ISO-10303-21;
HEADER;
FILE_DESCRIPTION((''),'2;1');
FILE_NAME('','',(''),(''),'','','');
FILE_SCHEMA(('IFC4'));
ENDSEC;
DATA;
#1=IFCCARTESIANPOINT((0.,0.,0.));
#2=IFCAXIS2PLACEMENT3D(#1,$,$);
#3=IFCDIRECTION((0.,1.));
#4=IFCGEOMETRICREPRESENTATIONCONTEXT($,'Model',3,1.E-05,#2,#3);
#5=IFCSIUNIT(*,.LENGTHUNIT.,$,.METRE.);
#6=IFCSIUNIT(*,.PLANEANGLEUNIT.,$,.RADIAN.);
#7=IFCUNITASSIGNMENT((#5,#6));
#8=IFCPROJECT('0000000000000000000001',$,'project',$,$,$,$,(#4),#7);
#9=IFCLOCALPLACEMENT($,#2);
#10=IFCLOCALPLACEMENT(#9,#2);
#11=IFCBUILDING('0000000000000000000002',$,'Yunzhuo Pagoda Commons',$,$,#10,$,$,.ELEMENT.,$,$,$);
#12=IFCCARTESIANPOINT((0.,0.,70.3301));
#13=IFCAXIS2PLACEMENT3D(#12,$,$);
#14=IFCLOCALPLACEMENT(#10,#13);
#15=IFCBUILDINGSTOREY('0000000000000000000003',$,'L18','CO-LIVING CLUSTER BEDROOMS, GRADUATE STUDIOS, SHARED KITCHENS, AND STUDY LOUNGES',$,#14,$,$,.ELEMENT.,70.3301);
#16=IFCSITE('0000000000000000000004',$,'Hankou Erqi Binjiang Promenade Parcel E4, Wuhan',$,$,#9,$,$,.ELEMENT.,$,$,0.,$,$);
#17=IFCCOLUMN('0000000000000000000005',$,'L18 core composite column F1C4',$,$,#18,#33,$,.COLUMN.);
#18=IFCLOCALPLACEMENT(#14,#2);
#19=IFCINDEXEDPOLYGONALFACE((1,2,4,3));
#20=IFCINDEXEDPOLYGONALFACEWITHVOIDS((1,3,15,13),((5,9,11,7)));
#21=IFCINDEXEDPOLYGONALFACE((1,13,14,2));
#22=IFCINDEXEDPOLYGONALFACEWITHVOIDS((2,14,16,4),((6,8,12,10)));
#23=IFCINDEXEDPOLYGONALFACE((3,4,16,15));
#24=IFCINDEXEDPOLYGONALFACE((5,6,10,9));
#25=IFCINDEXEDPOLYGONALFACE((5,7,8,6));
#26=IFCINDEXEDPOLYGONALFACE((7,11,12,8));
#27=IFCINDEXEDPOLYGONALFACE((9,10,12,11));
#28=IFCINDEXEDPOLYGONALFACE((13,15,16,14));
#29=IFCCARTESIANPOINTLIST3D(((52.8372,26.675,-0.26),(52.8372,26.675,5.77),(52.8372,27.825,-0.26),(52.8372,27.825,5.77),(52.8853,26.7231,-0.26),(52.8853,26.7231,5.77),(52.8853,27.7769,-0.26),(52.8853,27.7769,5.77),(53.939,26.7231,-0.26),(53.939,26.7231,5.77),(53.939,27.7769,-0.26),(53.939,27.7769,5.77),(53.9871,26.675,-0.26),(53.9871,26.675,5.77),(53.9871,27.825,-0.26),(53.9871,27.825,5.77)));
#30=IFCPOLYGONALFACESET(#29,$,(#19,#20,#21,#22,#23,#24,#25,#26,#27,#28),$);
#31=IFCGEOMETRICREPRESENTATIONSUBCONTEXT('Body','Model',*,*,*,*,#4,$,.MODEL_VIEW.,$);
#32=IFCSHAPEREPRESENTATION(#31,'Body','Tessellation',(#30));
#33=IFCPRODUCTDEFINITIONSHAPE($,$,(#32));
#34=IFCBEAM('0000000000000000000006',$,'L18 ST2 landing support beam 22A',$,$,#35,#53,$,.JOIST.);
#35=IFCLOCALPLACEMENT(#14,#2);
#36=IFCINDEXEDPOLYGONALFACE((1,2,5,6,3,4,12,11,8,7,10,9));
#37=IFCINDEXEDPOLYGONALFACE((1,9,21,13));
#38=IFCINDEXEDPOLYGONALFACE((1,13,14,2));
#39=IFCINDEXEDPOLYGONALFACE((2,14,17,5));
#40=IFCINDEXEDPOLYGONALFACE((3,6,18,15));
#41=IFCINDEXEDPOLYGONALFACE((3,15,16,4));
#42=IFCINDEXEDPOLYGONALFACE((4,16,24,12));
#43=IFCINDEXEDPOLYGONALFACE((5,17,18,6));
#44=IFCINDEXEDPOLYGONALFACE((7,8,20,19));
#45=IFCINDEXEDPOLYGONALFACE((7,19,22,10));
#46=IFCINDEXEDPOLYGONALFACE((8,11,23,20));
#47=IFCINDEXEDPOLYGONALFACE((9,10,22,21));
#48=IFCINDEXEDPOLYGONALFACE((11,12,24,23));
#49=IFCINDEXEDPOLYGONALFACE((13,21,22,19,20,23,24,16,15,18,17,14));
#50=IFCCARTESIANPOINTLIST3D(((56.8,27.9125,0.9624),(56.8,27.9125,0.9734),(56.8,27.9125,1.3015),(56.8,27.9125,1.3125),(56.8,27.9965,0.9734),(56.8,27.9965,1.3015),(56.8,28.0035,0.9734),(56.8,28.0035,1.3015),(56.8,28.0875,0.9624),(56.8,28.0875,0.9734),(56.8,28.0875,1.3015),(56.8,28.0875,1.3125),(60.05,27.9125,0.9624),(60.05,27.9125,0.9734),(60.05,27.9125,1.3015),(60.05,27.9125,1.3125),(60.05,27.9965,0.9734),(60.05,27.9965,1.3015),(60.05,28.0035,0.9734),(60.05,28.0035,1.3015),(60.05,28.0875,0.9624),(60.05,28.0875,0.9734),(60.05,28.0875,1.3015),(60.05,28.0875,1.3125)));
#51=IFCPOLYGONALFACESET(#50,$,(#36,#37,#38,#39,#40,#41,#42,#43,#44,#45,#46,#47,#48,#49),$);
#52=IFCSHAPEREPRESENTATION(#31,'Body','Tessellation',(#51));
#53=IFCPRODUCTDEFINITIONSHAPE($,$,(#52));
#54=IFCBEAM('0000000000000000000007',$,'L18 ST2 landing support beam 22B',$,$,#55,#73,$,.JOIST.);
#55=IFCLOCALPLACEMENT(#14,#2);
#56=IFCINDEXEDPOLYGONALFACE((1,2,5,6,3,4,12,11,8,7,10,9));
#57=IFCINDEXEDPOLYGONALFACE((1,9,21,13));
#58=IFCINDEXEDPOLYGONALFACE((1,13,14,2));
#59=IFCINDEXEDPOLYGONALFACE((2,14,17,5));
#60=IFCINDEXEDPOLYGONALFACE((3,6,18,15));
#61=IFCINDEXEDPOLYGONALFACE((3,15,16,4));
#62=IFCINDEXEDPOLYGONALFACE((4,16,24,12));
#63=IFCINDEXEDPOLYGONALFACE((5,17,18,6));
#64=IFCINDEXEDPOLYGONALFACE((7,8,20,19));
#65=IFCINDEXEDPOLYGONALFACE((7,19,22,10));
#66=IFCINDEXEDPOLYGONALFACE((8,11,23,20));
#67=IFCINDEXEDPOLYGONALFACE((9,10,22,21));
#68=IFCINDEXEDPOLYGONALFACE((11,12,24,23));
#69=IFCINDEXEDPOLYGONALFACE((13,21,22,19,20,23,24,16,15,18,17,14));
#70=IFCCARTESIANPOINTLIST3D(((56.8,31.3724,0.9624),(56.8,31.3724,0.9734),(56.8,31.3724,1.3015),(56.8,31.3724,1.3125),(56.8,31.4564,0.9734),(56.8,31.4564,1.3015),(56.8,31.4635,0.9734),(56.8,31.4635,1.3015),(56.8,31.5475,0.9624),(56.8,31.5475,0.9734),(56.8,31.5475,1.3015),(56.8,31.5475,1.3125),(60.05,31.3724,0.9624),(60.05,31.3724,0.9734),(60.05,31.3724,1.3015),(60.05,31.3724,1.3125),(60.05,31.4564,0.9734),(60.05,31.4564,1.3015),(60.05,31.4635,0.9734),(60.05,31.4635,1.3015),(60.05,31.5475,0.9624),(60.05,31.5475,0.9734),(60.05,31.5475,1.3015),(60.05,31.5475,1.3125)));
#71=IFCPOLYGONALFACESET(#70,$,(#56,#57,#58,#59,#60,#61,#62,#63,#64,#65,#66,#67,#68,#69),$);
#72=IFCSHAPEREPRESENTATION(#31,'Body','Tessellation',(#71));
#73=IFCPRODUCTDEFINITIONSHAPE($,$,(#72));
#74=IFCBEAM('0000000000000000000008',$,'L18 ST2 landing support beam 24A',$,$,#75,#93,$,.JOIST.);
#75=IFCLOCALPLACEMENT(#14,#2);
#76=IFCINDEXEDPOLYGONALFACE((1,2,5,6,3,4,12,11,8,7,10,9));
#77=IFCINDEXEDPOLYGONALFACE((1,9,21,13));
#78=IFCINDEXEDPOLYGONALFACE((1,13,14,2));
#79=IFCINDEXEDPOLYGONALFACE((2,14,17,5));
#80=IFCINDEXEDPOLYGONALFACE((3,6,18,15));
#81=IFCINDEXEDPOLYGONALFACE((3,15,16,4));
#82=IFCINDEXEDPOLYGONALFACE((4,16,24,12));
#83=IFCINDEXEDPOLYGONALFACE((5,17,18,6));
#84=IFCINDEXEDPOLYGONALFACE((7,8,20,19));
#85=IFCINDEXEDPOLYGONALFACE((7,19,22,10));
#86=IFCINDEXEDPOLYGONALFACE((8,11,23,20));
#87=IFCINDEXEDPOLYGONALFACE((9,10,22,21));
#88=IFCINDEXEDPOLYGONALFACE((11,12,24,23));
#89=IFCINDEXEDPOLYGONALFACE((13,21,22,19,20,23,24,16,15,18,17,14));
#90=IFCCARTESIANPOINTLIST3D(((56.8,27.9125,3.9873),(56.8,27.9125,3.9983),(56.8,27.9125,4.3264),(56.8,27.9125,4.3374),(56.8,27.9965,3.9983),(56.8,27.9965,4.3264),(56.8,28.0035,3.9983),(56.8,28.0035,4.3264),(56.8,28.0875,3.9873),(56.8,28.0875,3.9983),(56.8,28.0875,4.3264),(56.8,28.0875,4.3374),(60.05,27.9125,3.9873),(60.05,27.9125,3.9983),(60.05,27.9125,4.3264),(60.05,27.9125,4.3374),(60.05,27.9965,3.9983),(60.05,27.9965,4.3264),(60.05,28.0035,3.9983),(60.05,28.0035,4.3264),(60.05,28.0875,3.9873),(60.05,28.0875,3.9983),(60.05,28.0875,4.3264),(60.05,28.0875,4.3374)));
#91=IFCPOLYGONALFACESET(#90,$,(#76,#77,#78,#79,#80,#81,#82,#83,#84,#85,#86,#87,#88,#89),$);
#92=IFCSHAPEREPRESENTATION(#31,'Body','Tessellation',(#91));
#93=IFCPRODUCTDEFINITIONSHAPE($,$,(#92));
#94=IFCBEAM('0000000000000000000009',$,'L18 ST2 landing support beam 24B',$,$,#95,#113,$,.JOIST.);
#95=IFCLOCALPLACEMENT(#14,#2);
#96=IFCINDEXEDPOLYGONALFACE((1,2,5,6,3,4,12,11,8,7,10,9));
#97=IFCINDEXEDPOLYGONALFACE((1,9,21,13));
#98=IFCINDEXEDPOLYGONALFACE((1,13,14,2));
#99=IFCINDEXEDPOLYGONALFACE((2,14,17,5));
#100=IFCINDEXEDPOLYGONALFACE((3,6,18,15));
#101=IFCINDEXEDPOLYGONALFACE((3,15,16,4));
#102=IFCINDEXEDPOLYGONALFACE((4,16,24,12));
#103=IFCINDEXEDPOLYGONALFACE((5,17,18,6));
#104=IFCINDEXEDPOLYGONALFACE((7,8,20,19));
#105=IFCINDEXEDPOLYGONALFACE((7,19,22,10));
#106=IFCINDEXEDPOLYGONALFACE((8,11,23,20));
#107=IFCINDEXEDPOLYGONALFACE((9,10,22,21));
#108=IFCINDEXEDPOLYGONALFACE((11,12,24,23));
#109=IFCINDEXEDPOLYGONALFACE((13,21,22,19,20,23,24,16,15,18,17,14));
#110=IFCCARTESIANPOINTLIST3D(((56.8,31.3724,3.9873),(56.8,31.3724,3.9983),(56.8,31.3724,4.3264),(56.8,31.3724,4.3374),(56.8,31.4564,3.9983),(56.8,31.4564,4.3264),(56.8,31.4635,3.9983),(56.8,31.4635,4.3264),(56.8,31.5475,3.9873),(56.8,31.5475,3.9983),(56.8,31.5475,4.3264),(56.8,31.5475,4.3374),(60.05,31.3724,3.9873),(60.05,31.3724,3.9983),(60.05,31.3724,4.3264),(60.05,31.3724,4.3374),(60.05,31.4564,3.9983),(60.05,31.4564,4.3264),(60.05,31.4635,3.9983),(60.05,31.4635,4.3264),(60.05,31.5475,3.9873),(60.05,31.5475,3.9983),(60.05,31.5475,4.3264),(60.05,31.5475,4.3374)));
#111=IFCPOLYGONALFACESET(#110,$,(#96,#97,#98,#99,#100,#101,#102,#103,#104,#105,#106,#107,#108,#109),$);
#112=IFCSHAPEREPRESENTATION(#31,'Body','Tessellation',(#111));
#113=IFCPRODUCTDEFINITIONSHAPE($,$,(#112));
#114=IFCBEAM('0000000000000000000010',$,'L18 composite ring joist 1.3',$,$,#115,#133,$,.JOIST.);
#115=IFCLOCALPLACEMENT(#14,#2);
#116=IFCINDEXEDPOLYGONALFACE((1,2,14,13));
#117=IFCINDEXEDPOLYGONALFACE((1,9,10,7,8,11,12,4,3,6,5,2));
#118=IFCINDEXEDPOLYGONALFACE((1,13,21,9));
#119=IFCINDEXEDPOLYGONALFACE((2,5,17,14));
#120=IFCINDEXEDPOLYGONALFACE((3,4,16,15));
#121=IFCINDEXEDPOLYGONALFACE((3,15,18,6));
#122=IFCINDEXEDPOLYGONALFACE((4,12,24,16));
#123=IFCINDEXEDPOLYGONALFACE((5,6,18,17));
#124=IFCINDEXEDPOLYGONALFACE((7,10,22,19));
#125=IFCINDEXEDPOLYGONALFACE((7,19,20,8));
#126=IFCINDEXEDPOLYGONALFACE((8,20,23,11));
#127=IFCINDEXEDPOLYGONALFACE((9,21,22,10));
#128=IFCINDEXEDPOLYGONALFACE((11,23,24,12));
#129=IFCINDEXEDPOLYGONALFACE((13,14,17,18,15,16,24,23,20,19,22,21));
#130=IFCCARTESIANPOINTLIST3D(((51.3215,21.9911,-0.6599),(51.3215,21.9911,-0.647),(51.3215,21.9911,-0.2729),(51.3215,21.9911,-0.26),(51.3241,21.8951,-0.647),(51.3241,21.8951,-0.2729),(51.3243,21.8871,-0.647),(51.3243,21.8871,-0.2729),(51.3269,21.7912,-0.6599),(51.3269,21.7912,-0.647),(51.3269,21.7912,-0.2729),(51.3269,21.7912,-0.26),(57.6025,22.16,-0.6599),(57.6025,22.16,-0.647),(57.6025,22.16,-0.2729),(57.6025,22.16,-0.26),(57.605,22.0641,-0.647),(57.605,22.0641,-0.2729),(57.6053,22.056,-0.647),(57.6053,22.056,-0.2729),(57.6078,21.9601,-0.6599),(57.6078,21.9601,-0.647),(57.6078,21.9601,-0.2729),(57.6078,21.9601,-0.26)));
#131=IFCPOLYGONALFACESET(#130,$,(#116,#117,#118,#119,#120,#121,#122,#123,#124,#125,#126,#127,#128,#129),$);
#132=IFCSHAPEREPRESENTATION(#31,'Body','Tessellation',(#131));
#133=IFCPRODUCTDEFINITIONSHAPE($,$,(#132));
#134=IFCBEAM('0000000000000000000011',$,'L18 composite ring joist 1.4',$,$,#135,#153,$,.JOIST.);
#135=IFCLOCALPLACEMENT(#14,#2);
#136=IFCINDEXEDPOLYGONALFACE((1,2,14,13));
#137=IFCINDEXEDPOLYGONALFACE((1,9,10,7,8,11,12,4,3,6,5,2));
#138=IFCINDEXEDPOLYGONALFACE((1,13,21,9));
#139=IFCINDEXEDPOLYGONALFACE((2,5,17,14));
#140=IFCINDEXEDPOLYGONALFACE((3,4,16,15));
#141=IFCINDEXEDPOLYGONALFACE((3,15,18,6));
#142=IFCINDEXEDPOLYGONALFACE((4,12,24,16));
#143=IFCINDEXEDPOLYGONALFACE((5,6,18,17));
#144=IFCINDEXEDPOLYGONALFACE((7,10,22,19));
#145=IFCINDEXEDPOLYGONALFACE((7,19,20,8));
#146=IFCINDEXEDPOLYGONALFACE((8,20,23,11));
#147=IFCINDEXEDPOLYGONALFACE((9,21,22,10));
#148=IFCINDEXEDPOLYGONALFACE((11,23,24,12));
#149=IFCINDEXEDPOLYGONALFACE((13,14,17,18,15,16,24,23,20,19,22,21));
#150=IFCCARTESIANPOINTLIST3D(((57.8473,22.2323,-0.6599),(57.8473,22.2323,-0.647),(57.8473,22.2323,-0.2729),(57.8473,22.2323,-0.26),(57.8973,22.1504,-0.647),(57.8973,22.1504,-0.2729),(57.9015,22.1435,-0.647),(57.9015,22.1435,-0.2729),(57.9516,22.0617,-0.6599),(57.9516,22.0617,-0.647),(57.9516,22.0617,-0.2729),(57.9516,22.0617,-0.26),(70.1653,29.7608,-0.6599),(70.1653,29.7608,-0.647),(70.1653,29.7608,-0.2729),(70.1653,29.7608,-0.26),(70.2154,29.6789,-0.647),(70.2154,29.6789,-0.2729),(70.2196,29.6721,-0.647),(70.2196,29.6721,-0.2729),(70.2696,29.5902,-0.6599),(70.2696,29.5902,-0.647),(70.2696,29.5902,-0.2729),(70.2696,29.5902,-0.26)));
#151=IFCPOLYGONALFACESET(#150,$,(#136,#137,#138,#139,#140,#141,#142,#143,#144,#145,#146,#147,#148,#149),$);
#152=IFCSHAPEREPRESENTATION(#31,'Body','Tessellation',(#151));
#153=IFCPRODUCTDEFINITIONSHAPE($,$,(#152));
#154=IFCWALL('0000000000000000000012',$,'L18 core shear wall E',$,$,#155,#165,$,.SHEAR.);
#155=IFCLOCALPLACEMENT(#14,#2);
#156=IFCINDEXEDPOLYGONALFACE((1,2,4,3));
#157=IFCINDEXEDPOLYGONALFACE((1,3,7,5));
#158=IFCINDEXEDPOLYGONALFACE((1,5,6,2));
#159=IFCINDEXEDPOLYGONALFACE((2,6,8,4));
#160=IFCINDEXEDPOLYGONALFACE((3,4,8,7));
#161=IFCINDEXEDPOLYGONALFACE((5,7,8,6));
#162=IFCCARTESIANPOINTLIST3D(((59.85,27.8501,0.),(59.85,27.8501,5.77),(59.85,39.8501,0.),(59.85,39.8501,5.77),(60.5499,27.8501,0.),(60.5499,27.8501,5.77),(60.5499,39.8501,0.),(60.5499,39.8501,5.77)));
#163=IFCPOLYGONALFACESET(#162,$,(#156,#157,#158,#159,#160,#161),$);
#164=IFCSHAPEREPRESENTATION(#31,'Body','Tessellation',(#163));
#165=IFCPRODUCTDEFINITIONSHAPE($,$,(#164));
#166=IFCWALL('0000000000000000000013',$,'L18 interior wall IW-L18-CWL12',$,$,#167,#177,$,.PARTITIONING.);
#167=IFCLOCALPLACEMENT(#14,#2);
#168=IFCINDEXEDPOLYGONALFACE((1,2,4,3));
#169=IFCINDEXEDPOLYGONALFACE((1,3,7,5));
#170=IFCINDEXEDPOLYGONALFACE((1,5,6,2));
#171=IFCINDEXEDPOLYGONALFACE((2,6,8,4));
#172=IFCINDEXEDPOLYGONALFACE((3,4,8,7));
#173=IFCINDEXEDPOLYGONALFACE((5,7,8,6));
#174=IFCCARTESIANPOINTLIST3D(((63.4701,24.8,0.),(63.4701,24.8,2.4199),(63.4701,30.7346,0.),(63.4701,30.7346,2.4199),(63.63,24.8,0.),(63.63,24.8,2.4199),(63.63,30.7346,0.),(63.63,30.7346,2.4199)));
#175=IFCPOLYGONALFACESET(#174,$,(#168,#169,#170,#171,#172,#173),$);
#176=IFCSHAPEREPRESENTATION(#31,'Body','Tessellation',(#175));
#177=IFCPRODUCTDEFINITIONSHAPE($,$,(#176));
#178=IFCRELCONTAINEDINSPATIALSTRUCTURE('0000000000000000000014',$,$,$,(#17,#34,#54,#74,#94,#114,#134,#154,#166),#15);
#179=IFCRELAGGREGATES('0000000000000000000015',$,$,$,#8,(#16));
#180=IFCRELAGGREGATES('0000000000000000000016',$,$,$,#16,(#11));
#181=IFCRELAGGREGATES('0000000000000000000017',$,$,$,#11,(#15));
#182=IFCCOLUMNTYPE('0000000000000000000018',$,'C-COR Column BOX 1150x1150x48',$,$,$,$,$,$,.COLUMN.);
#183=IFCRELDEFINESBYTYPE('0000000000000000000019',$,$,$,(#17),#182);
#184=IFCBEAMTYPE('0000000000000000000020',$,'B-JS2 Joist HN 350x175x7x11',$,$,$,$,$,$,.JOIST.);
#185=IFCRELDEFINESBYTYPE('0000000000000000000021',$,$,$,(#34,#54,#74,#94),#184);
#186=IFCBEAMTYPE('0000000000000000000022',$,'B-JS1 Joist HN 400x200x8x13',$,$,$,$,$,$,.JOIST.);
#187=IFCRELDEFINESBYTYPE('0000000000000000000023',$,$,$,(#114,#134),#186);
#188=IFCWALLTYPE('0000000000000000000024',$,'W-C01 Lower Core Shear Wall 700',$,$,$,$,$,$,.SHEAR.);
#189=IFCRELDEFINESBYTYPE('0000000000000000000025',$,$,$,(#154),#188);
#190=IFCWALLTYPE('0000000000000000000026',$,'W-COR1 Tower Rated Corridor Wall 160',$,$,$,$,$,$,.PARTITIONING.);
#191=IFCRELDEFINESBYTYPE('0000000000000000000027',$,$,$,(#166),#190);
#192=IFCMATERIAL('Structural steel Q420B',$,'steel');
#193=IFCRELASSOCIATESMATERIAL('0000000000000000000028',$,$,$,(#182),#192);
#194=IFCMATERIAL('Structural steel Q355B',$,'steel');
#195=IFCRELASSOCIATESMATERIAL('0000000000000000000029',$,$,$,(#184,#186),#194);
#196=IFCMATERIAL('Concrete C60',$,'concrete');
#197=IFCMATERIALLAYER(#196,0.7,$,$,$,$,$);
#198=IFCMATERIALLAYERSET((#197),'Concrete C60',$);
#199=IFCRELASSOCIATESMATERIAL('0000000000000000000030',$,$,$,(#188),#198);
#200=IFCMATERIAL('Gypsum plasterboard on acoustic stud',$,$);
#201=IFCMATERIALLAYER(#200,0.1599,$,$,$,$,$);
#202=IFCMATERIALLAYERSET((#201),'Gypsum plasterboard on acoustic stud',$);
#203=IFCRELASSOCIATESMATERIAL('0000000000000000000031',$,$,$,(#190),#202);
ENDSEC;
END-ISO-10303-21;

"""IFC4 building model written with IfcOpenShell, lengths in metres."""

from ifc_helpers import new_model, si_unit, direction, frame, frame_2d, origin, origin_2d, place, context, subcontext, project, spatial, rectangle, hollow_rectangle, i_section, extrude, source, transform, mapped, material, layer, layer_set, material_profile, profile_set, type_object, element, save


model = new_model("IFC4")

# Units and contexts
model_context = context("Model", 3, precision=1e-05, world=origin(), true_north=direction((0.0, 1.0)))
body_context = subcontext(model_context, "Body", "Model", "MODEL_VIEW")
ifc_project = project(units=[si_unit("LENGTHUNIT", "METRE"), si_unit("PLANEANGLEUNIT", "RADIAN")], contexts=[model_context])

# Site, building, storey
site_placement = place(None, origin())
site = spatial("IfcSite", under=ifc_project, at=site_placement, Name="Hankou Erqi Binjiang Promenade Parcel E4, Wuhan", CompositionType="ELEMENT", RefElevation=0.0)
building_placement = place(site_placement, origin())
building = spatial("IfcBuilding", under=site, at=building_placement, Name="Yunzhuo Pagoda Commons", CompositionType="ELEMENT")
storey_placement = place(building_placement, frame((0.0, 0.0, 70.3301)))
storey = spatial("IfcBuildingStorey", under=building, at=storey_placement, Name="L18", Description="CO-LIVING CLUSTER BEDROOMS, GRADUATE STUDIOS, SHARED KITCHENS, AND STUDY LOUNGES", CompositionType="ELEMENT", Elevation=70.3301)

# Column
ifc_material_1 = material(Name="Structural steel Q420B", Category="steel")
ifc_material_profile_1 = material_profile(ifc_material_1, hollow_rectangle(XDim=1.1499, YDim=1.1499, WallThickness=0.0481, at=origin_2d()), Name="Structural steel Q420B")
ifc_profile_set_1 = profile_set([ifc_material_profile_1], Name="Structural steel Q420B")
column_type = type_object("IfcColumnType", Name="C-COR Column BOX 1150x1150x48", PredefinedType="COLUMN", material=ifc_profile_set_1)
shared_shape_1 = source(origin(), body_context, "Body", "SweptSolid", [
    extrude(hollow_rectangle(XDim=1.1499, YDim=1.1499, WallThickness=0.0481, at=origin_2d()), origin(), (0.0, 0.0, 1.0), 6.03),
])
column_placement = place(storey_placement, frame((53.4121, 27.25, -0.26), z_axis=(0.0, 0.0, 1.0), x_axis=(1.0, 0.0, 0.0)))
element("IfcColumn", 1, at=column_placement, inside=storey, type_object=column_type, Name="L18 core composite column F1C4", PredefinedType="COLUMN", context=body_context, shape_type="MappedRepresentation", body=[
    mapped(shared_shape_1, transform((0.0, 0.0, 0.0), scale=1.0)),
])

# Beams
ifc_material_2 = material(Name="Structural steel Q355B", Category="steel")
ifc_material_profile_2 = material_profile(ifc_material_2, i_section(OverallWidth=0.175, OverallDepth=0.3501, WebThickness=0.0071, FlangeThickness=0.011, at=origin_2d()), Name="Structural steel Q355B")
ifc_profile_set_2 = profile_set([ifc_material_profile_2], Name="Structural steel Q355B")
beam_type_1 = type_object("IfcBeamType", Name="B-JS2 Joist HN 350x175x7x11", PredefinedType="JOIST", material=ifc_profile_set_2)
shared_shape_2 = source(origin(), body_context, "Body", "SweptSolid", [
    extrude(i_section(OverallWidth=0.175, OverallDepth=0.3501, WebThickness=0.0071, FlangeThickness=0.011, at=origin_2d()), origin(), (0.0, 0.0, 1.0), 3.25),
])
for number, where, z_axis, x_axis, name in (
    (2, (56.8, 28.0, 1.1375), (1.0, 0.0, 0.0), (0.0, 1.0, 0.0), "L18 ST2 landing support beam 22A"),
    (3, (56.8, 31.46, 1.1375), (1.0, 0.0, 0.0), (0.0, 1.0, 0.0), "L18 ST2 landing support beam 22B"),
    (4, (56.8, 28.0, 4.1624), (1.0, 0.0, 0.0), (0.0, 1.0, 0.0), "L18 ST2 landing support beam 24A"),
    (5, (56.8, 31.46, 4.1624), (1.0, 0.0, 0.0), (0.0, 1.0, 0.0), "L18 ST2 landing support beam 24B"),
):
    element("IfcBeam", number, at=place(storey_placement, frame(where, z_axis=z_axis, x_axis=x_axis)), inside=storey, type_object=beam_type_1, Name=name, PredefinedType="JOIST", context=body_context, shape_type="MappedRepresentation", body=[
        mapped(shared_shape_2, transform((0.0, 0.0, 0.0), scale=1.0)),
    ])
ifc_material_profile_3 = material_profile(ifc_material_2, i_section(OverallWidth=0.2, OverallDepth=0.3999, WebThickness=0.0081, FlangeThickness=0.0129, at=origin_2d()), Name="Structural steel Q355B")
ifc_profile_set_3 = profile_set([ifc_material_profile_3], Name="Structural steel Q355B")
beam_type_2 = type_object("IfcBeamType", Name="B-JS1 Joist HN 400x200x8x13", PredefinedType="JOIST", material=ifc_profile_set_3)
shared_shape_3 = source(origin(), body_context, "Body", "SweptSolid", [
    extrude(i_section(OverallWidth=0.2, OverallDepth=0.3999, WebThickness=0.0081, FlangeThickness=0.0129, at=origin_2d()), origin(), (0.0, 0.0, 1.0), 6.2832),
])
beam_1_placement = place(storey_placement, frame((51.3242, 21.8911, -0.46), z_axis=(0.999638, 0.026888, 0.0), x_axis=(-0.026888, 0.999638, 0.0)))
element("IfcBeam", 6, at=beam_1_placement, inside=storey, type_object=beam_type_2, Name="L18 composite ring joist 1.3", PredefinedType="JOIST", context=body_context, shape_type="MappedRepresentation", body=[
    mapped(shared_shape_3, transform((0.0, 0.0, 0.0), scale=1.0)),
])
shared_shape_4 = source(origin(), body_context, "Body", "SweptSolid", [
    extrude(i_section(OverallWidth=0.2, OverallDepth=0.3999, WebThickness=0.0081, FlangeThickness=0.0129, at=origin_2d()), origin(), (0.0, 0.0, 1.0), 14.4365),
])
beam_2_placement = place(storey_placement, frame((57.8994, 22.147, -0.46), z_axis=(0.853256, 0.521492, 0.0), x_axis=(-0.521492, 0.853256, 0.0)))
element("IfcBeam", 7, at=beam_2_placement, inside=storey, type_object=beam_type_2, Name="L18 composite ring joist 1.4", PredefinedType="JOIST", context=body_context, shape_type="MappedRepresentation", body=[
    mapped(shared_shape_4, transform((0.0, 0.0, 0.0), scale=1.0)),
])

# Walls
ifc_material_3 = material(Name="Concrete C60", Category="concrete")
ifc_layer_1 = layer(ifc_material_3, 0.7)
ifc_layer_set_1 = layer_set([ifc_layer_1], Name="Concrete C60")
wall_type_1 = type_object("IfcWallType", Name="W-C01 Lower Core Shear Wall 700", PredefinedType="SHEAR", material=ifc_layer_set_1)
wall_1_placement = place(storey_placement, frame((60.2, 27.8501, 0.0), z_axis=(0.0, 0.0, 1.0), x_axis=(0.0, 1.0, 0.0)))
element("IfcWall", 8, at=wall_1_placement, inside=storey, type_object=wall_type_1, Name="L18 core shear wall E", PredefinedType="SHEAR", context=body_context, shape_type="SweptSolid", body=[
    extrude(rectangle(XDim=12.0, YDim=0.7, at=frame_2d((6.0, 0.0))), origin(), (0.0, 0.0, 1.0), 5.77),
])
ifc_material_4 = material(Name="Gypsum plasterboard on acoustic stud")
ifc_layer_2 = layer(ifc_material_4, 0.1599)
ifc_layer_set_2 = layer_set([ifc_layer_2], Name="Gypsum plasterboard on acoustic stud")
wall_type_2 = type_object("IfcWallType", Name="W-COR1 Tower Rated Corridor Wall 160", PredefinedType="PARTITIONING", material=ifc_layer_set_2)
wall_2_placement = place(storey_placement, frame((63.55, 30.7346, 0.0), z_axis=(0.0, 0.0, 1.0), x_axis=(0.0, -1.0, 0.0)))
element("IfcWall", 9, at=wall_2_placement, inside=storey, type_object=wall_type_2, Name="L18 interior wall IW-L18-CWL12", PredefinedType="PARTITIONING", context=body_context, shape_type="SweptSolid", body=[
    extrude(rectangle(XDim=5.9346, YDim=0.1599, at=frame_2d((2.9673, 0.0))), origin(), (0.0, 0.0, 1.0), 2.4199),
])

save(model, "model.ifc")
